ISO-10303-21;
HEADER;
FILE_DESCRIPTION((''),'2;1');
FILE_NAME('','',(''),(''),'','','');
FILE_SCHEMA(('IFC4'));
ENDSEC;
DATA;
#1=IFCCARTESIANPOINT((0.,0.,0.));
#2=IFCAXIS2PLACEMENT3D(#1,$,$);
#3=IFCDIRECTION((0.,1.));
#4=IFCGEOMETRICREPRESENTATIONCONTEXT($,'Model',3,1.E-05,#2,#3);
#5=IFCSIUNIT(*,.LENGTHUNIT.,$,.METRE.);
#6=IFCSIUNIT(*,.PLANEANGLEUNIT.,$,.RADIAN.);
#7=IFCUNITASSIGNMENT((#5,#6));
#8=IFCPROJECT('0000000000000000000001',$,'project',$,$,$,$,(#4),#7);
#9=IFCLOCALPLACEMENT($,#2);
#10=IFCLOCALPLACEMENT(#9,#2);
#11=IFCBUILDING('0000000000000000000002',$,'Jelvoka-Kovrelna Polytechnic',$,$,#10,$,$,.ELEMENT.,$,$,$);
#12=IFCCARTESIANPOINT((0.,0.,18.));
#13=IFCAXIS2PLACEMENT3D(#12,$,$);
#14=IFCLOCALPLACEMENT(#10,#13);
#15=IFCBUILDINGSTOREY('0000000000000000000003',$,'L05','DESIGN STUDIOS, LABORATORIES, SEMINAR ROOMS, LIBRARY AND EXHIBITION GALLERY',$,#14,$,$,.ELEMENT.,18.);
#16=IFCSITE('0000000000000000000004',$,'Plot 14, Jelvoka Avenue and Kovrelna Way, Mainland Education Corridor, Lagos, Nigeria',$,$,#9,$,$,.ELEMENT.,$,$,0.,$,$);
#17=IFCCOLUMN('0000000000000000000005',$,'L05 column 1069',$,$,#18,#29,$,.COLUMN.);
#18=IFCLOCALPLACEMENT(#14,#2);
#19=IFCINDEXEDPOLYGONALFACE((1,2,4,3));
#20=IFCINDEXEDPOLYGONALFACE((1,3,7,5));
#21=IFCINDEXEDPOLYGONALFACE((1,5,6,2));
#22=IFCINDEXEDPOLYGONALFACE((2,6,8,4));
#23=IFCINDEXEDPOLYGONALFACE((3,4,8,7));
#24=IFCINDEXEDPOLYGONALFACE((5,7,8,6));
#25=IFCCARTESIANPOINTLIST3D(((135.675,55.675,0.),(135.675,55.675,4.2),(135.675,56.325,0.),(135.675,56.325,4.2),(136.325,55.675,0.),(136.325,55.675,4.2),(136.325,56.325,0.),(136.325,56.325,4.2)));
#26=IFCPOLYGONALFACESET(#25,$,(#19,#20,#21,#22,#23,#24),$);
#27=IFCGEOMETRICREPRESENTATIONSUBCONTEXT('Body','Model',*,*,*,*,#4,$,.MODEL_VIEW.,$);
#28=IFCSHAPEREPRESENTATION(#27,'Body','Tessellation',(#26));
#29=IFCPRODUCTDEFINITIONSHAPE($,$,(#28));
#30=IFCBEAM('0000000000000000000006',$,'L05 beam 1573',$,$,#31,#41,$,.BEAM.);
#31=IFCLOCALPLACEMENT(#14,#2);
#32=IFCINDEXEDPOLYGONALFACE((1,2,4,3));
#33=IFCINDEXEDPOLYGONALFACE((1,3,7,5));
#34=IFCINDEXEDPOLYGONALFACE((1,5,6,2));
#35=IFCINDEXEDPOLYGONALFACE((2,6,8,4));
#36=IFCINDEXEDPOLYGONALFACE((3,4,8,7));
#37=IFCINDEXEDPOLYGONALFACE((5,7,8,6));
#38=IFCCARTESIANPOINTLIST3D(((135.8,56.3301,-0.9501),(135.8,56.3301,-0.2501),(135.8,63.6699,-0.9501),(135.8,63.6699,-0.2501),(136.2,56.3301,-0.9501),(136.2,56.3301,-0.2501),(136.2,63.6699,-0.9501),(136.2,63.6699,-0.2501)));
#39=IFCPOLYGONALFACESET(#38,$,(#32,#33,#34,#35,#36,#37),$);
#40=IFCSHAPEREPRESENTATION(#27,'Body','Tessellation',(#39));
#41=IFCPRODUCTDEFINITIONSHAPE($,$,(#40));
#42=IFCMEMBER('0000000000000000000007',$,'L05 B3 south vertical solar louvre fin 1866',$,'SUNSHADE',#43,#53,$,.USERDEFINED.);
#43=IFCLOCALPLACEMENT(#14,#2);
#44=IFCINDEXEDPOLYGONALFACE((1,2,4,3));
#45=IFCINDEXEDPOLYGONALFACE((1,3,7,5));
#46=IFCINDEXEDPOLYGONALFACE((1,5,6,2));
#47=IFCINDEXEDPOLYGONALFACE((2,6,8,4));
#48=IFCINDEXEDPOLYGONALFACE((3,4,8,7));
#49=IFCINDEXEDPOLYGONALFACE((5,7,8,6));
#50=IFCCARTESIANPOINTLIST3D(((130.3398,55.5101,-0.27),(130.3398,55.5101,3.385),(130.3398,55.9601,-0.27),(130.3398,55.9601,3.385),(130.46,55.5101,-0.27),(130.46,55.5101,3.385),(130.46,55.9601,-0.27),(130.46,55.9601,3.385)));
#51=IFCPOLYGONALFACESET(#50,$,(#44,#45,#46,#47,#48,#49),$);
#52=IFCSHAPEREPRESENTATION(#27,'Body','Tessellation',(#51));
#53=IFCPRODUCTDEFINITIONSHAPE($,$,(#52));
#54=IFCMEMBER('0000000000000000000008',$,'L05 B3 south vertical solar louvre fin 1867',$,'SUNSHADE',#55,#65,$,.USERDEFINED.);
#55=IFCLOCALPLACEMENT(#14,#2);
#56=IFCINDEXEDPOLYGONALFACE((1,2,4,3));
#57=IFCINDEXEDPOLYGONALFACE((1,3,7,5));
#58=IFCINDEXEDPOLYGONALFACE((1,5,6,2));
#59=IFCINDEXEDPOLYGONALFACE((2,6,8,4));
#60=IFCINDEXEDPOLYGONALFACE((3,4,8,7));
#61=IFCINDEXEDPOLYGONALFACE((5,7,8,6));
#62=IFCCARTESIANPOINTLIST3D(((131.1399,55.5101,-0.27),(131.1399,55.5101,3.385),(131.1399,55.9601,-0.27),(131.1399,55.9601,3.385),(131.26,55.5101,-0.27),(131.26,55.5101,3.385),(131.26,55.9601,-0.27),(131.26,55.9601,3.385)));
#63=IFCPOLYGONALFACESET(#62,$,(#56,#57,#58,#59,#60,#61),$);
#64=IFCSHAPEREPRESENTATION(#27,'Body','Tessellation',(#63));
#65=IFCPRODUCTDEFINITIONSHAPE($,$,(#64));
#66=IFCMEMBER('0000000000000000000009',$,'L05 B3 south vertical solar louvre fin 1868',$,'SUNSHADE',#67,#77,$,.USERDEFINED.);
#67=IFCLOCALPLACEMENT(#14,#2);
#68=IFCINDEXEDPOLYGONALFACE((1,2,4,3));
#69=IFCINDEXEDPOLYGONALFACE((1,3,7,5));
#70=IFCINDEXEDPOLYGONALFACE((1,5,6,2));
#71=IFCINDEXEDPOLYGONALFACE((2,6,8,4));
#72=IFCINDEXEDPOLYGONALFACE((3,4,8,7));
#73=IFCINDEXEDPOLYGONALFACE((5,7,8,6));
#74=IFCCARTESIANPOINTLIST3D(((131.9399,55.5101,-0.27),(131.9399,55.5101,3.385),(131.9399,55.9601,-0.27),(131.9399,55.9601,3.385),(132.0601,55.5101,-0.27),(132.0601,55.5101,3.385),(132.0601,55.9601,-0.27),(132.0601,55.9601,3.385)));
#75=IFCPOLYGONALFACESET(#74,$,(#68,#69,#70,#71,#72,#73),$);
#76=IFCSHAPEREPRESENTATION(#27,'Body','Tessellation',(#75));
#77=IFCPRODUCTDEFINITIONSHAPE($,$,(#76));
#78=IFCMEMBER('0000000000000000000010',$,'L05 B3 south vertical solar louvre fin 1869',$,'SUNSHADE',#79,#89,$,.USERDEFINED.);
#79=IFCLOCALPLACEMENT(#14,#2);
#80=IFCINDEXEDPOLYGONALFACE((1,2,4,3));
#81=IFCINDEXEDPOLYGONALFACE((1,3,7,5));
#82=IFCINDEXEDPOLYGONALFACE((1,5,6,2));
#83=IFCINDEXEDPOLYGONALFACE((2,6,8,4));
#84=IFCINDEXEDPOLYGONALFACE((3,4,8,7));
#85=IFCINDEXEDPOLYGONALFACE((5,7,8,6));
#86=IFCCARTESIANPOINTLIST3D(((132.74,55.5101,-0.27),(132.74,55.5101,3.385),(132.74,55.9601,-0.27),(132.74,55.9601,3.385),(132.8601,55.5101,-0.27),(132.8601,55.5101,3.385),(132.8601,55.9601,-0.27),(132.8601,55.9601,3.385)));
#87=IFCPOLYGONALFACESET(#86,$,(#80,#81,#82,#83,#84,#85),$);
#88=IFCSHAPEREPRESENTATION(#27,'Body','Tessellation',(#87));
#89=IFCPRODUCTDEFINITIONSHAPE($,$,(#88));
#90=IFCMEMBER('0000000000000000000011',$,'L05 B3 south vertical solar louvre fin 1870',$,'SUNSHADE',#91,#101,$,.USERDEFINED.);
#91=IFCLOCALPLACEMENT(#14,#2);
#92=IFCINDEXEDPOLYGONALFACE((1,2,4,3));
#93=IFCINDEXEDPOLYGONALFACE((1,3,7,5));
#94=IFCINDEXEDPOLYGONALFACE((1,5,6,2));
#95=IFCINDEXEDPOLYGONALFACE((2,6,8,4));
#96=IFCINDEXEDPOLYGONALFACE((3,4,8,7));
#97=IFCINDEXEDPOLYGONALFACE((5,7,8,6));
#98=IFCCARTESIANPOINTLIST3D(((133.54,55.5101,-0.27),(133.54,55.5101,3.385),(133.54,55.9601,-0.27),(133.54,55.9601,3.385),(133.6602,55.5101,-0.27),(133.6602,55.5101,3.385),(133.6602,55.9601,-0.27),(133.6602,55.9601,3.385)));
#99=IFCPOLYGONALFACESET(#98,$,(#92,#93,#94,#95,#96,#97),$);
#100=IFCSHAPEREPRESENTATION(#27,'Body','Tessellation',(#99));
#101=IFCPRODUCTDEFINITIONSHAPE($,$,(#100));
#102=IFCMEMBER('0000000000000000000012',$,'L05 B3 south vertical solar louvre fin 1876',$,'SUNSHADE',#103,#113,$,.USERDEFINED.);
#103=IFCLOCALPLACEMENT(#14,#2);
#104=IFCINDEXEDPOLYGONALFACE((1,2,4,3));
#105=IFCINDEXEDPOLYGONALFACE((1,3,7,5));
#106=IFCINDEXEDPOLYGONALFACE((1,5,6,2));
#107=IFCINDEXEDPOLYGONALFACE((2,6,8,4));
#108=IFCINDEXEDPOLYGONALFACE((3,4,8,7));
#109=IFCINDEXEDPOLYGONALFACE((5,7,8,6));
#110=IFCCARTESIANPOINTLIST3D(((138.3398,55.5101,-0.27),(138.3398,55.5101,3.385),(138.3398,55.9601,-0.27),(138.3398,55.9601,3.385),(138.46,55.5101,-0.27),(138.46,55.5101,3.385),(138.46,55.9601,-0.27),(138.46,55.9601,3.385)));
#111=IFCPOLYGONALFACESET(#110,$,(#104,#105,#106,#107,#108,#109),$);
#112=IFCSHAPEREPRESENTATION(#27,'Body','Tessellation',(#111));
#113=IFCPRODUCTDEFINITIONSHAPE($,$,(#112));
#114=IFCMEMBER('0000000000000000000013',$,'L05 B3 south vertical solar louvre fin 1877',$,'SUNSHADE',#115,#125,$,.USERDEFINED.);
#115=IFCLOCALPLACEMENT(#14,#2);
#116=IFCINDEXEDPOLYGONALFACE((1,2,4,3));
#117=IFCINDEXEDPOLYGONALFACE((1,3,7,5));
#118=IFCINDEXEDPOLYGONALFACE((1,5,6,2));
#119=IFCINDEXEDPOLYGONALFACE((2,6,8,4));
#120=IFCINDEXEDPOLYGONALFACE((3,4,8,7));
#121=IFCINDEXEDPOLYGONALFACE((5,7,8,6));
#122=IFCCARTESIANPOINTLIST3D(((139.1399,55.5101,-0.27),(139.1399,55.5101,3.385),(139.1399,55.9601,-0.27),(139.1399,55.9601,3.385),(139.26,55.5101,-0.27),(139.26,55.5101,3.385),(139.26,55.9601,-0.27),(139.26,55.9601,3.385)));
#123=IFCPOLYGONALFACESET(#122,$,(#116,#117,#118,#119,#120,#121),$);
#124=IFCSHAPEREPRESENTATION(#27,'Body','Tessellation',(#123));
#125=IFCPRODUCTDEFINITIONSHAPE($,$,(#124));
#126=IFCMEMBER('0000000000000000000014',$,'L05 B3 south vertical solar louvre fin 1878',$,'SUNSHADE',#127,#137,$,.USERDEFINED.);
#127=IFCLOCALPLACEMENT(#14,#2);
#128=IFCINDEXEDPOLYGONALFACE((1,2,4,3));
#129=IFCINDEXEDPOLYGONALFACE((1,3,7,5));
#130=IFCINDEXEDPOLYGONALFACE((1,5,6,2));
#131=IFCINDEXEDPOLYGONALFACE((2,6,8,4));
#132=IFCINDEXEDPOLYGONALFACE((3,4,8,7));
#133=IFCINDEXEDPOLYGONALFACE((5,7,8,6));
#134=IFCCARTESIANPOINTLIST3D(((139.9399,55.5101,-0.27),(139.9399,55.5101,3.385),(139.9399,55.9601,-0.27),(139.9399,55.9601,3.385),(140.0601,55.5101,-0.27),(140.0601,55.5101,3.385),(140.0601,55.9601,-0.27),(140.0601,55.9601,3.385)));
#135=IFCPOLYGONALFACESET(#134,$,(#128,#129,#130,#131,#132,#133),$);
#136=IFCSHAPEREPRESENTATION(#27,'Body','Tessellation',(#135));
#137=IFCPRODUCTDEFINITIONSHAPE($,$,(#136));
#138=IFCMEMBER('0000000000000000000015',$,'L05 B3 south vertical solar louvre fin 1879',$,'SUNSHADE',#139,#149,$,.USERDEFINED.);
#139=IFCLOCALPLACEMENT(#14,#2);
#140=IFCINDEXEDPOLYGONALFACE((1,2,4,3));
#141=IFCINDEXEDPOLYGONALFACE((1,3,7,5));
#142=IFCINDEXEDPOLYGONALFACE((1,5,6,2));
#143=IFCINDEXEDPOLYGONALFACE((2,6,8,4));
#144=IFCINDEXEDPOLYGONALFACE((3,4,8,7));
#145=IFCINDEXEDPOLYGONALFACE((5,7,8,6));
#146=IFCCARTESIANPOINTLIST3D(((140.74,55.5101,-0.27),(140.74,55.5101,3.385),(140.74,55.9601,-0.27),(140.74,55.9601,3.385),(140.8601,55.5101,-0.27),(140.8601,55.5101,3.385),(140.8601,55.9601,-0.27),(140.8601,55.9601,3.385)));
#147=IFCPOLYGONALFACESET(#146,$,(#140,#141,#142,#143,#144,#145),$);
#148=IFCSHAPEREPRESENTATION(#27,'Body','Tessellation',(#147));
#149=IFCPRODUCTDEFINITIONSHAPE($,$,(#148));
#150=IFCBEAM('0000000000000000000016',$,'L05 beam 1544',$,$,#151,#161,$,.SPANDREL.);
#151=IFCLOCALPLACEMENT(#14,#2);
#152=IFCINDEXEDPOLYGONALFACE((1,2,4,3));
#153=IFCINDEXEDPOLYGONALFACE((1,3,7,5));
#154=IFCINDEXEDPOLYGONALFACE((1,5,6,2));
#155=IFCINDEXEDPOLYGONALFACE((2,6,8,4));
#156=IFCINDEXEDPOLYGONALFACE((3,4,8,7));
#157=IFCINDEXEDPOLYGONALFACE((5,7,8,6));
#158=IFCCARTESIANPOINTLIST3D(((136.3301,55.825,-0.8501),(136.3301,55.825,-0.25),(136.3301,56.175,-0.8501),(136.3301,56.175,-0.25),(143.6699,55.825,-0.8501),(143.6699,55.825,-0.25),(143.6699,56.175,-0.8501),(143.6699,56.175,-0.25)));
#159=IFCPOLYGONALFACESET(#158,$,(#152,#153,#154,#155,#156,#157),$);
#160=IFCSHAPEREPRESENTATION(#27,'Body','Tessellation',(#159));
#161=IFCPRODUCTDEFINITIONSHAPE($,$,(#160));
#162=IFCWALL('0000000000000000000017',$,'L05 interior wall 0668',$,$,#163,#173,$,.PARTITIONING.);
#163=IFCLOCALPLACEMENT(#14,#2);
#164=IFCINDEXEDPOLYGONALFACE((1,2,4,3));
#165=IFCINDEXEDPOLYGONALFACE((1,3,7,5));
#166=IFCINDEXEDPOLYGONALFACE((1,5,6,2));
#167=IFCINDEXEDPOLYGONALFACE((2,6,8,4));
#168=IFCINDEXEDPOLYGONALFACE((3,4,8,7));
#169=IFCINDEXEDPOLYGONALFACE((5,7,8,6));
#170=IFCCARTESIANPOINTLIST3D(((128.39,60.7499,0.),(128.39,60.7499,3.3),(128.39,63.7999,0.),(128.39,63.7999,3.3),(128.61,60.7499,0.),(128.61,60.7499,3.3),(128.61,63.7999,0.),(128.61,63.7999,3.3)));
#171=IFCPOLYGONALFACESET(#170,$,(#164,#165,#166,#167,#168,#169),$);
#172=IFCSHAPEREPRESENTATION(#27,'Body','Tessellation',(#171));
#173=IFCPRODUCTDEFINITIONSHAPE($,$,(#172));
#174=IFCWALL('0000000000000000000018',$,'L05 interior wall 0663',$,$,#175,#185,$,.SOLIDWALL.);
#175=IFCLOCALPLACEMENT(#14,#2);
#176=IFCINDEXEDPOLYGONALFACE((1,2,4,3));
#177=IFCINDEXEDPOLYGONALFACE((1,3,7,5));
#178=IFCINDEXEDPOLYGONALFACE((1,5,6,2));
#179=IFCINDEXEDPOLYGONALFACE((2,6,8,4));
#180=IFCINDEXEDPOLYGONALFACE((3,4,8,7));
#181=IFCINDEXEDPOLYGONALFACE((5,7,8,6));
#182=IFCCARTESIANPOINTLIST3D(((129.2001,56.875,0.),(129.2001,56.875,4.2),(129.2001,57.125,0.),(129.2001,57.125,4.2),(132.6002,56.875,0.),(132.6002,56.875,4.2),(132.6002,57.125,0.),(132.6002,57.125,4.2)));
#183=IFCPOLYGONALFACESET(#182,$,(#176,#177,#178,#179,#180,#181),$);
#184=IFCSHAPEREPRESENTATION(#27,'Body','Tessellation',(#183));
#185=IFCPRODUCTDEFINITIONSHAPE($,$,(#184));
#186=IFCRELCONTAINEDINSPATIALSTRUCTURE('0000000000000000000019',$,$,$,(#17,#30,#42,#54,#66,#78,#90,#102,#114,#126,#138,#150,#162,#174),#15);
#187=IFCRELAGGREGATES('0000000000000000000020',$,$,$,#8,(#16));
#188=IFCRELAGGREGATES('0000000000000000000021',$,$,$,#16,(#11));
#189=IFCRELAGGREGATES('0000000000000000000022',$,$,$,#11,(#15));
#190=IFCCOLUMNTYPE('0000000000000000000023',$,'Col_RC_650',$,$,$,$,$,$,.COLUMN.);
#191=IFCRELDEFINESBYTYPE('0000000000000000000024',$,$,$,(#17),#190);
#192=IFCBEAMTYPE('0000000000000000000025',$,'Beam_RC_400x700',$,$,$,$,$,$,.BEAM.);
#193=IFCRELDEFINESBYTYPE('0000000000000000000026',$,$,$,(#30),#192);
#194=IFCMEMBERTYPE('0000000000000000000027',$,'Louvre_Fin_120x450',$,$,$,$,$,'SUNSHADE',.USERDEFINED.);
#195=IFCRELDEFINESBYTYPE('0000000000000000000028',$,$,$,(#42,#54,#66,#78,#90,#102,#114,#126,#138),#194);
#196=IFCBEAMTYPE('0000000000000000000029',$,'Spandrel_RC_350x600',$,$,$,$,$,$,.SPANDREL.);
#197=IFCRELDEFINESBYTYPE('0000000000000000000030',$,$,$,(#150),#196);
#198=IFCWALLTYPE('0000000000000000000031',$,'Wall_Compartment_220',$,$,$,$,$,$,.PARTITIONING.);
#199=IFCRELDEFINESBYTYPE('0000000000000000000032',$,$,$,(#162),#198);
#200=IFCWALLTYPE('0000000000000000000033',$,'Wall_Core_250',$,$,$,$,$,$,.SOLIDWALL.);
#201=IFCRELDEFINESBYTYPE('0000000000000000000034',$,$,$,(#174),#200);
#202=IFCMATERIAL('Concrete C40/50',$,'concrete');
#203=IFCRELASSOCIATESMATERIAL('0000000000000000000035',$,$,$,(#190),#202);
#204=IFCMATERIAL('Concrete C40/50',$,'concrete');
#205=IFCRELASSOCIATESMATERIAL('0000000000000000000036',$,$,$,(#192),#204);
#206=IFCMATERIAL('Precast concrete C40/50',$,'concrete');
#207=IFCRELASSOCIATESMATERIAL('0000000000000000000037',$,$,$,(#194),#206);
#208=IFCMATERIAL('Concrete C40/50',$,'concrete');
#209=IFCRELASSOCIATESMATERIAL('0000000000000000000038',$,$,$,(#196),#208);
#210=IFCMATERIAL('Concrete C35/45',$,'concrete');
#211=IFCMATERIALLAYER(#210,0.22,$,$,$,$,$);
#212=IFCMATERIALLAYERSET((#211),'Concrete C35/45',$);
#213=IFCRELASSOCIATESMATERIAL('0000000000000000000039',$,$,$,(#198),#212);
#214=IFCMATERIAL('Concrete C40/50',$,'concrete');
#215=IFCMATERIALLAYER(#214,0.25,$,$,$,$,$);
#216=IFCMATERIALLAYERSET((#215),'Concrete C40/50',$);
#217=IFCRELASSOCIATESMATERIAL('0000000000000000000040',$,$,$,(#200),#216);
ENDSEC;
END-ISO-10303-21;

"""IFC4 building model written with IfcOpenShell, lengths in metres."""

from ifc_helpers import new_model, si_unit, direction, frame, frame_2d, origin, origin_2d, place, context, subcontext, project, spatial, rectangle, extrude, material, layer, layer_set, material_profile, profile_set, type_object, element, save


model = new_model("IFC4")

# Units and contexts
model_context = context("Model", 3, precision=1e-05, world=origin(), true_north=direction((0.0, 1.0)))
body_context = subcontext(model_context, "Body", "Model", "MODEL_VIEW")
ifc_project = project(units=[si_unit("LENGTHUNIT", "METRE"), si_unit("PLANEANGLEUNIT", "RADIAN")], contexts=[model_context])

# Site, building, storey
site_placement = place(None, origin())
site = spatial("IfcSite", under=ifc_project, at=site_placement, Name="Plot 14, Jelvoka Avenue and Kovrelna Way, Mainland Education Corridor, Lagos, Nigeria", CompositionType="ELEMENT", RefElevation=0.0)
building_placement = place(site_placement, origin())
building = spatial("IfcBuilding", under=site, at=building_placement, Name="Jelvoka-Kovrelna Polytechnic", CompositionType="ELEMENT")
storey_placement = place(building_placement, frame((0.0, 0.0, 18.0)))
storey = spatial("IfcBuildingStorey", under=building, at=storey_placement, Name="L05", Description="DESIGN STUDIOS, LABORATORIES, SEMINAR ROOMS, LIBRARY AND EXHIBITION GALLERY", CompositionType="ELEMENT", Elevation=18.0)

# Column
ifc_material_1 = material(Name="Concrete C40/50", Category="concrete")
ifc_material_profile_1 = material_profile(ifc_material_1, rectangle(XDim=0.6499, YDim=0.6499, at=origin_2d()), Name="RC 650x650")
ifc_profile_set_1 = profile_set([ifc_material_profile_1], Name="Concrete C40/50")
column_type = type_object("IfcColumnType", Name="Col_RC_650", PredefinedType="COLUMN", material=ifc_profile_set_1)
column_placement = place(storey_placement, frame((136.0, 56.0, 0.0), z_axis=(0.0, 0.0, 1.0), x_axis=(1.0, 0.0, 0.0)))
element("IfcColumn", 1, at=column_placement, inside=storey, type_object=column_type, Name="L05 column 1069", PredefinedType="COLUMN", context=body_context, shape_type="SweptSolid", body=[
    extrude(rectangle(XDim=0.6499, YDim=0.6499, at=origin_2d()), origin(), (0.0, 0.0, 1.0), 4.2),
])

# Beam
ifc_material_2 = material(Name="Concrete C40/50", Category="concrete")
ifc_material_profile_2 = material_profile(ifc_material_2, rectangle(XDim=0.3999, YDim=0.7, at=origin_2d()), Name="RC 400x700")
ifc_profile_set_2 = profile_set([ifc_material_profile_2], Name="Concrete C40/50")
beam_type_1 = type_object("IfcBeamType", Name="Beam_RC_400x700", PredefinedType="BEAM", material=ifc_profile_set_2)
beam_1_placement = place(storey_placement, frame((136.0, 56.3301, -0.6001), z_axis=(0.0, 1.0, 0.0), x_axis=(-1.0, 0.0, 0.0)))
element("IfcBeam", 2, at=beam_1_placement, inside=storey, type_object=beam_type_1, Name="L05 beam 1573", PredefinedType="BEAM", context=body_context, shape_type="SweptSolid", body=[
    extrude(rectangle(XDim=0.3999, YDim=0.7, at=origin_2d()), origin(), (0.0, 0.0, 1.0), 7.3398),
])

# Members
ifc_material_3 = material(Name="Precast concrete C40/50", Category="concrete")
ifc_material_profile_3 = material_profile(ifc_material_3, rectangle(XDim=0.1201, YDim=0.45, at=origin_2d()), Name="PC 120x450")
ifc_profile_set_3 = profile_set([ifc_material_profile_3], Name="Precast concrete C40/50")
member_type = type_object("IfcMemberType", Name="Louvre_Fin_120x450", ElementType="SUNSHADE", PredefinedType="USERDEFINED", material=ifc_profile_set_3)
for number, where, z_axis, x_axis, name in (
    (3, (130.3999, 55.7351, -0.27), (0.0, 0.0, 1.0), (1.0, 0.0, 0.0), "L05 B3 south vertical solar louvre fin 1866"),
    (4, (131.2, 55.7351, -0.27), (0.0, 0.0, 1.0), (1.0, 0.0, 0.0), "L05 B3 south vertical solar louvre fin 1867"),
    (5, (132.0, 55.7351, -0.27), (0.0, 0.0, 1.0), (1.0, 0.0, 0.0), "L05 B3 south vertical solar louvre fin 1868"),
    (6, (132.8, 55.7351, -0.27), (0.0, 0.0, 1.0), (1.0, 0.0, 0.0), "L05 B3 south vertical solar louvre fin 1869"),
    (7, (133.6001, 55.7351, -0.27), (0.0, 0.0, 1.0), (1.0, 0.0, 0.0), "L05 B3 south vertical solar louvre fin 1870"),
    (8, (138.3999, 55.7351, -0.27), (0.0, 0.0, 1.0), (1.0, 0.0, 0.0), "L05 B3 south vertical solar louvre fin 1876"),
    (9, (139.2, 55.7351, -0.27), (0.0, 0.0, 1.0), (1.0, 0.0, 0.0), "L05 B3 south vertical solar louvre fin 1877"),
    (10, (140.0, 55.7351, -0.27), (0.0, 0.0, 1.0), (1.0, 0.0, 0.0), "L05 B3 south vertical solar louvre fin 1878"),
    (11, (140.8, 55.7351, -0.27), (0.0, 0.0, 1.0), (1.0, 0.0, 0.0), "L05 B3 south vertical solar louvre fin 1879"),
):
    element("IfcMember", number, at=place(storey_placement, frame(where, z_axis=z_axis, x_axis=x_axis)), inside=storey, type_object=member_type, Name=name, ObjectType="SUNSHADE", PredefinedType="USERDEFINED", context=body_context, shape_type="SweptSolid", body=[
        extrude(rectangle(XDim=0.1201, YDim=0.45, at=origin_2d()), origin(), (0.0, 0.0, 1.0), 3.655),
    ])

# Beam
ifc_material_4 = material(Name="Concrete C40/50", Category="concrete")
ifc_material_profile_4 = material_profile(ifc_material_4, rectangle(XDim=0.3501, YDim=0.6001, at=origin_2d()), Name="RC 350x600")
ifc_profile_set_4 = profile_set([ifc_material_profile_4], Name="Concrete C40/50")
beam_type_2 = type_object("IfcBeamType", Name="Spandrel_RC_350x600", PredefinedType="SPANDREL", material=ifc_profile_set_4)
beam_2_placement = place(storey_placement, frame((136.3301, 56.0, -0.55), z_axis=(1.0, 0.0, 0.0), x_axis=(0.0, 1.0, 0.0)))
element("IfcBeam", 12, at=beam_2_placement, inside=storey, type_object=beam_type_2, Name="L05 beam 1544", PredefinedType="SPANDREL", context=body_context, shape_type="SweptSolid", body=[
    extrude(rectangle(XDim=0.3501, YDim=0.6001, at=origin_2d()), origin(), (0.0, 0.0, 1.0), 7.3398),
])

# Walls
ifc_material_5 = material(Name="Concrete C35/45", Category="concrete")
ifc_layer_1 = layer(ifc_material_5, 0.22)
ifc_layer_set_1 = layer_set([ifc_layer_1], Name="Concrete C35/45")
wall_type_1 = type_object("IfcWallType", Name="Wall_Compartment_220", PredefinedType="PARTITIONING", material=ifc_layer_set_1)
wall_1_placement = place(storey_placement, frame((128.5, 60.75, 0.0), z_axis=(0.0, 0.0, 1.0), x_axis=(0.0, 1.0, 0.0)))
element("IfcWall", 13, at=wall_1_placement, inside=storey, type_object=wall_type_1, Name="L05 interior wall 0668", PredefinedType="PARTITIONING", context=body_context, shape_type="SweptSolid", body=[
    extrude(rectangle(XDim=3.05, YDim=0.22, at=frame_2d((1.5249, 0.0))), origin(), (0.0, 0.0, 1.0), 3.3),
])
ifc_material_6 = material(Name="Concrete C40/50", Category="concrete")
ifc_layer_2 = layer(ifc_material_6, 0.25)
ifc_layer_set_2 = layer_set([ifc_layer_2], Name="Concrete C40/50")
wall_type_2 = type_object("IfcWallType", Name="Wall_Core_250", PredefinedType="SOLIDWALL", material=ifc_layer_set_2)
wall_2_placement = place(storey_placement, frame((129.2, 57.0, 0.0), z_axis=(0.0, 0.0, 1.0), x_axis=(1.0, 0.0, 0.0)))
element("IfcWall", 14, at=wall_2_placement, inside=storey, type_object=wall_type_2, Name="L05 interior wall 0663", PredefinedType="SOLIDWALL", context=body_context, shape_type="SweptSolid", body=[
    extrude(rectangle(XDim=3.4001, YDim=0.25, at=frame_2d((1.7002, 0.0))), origin(), (0.0, 0.0, 1.0), 4.2),
])

save(model, "model.ifc")
